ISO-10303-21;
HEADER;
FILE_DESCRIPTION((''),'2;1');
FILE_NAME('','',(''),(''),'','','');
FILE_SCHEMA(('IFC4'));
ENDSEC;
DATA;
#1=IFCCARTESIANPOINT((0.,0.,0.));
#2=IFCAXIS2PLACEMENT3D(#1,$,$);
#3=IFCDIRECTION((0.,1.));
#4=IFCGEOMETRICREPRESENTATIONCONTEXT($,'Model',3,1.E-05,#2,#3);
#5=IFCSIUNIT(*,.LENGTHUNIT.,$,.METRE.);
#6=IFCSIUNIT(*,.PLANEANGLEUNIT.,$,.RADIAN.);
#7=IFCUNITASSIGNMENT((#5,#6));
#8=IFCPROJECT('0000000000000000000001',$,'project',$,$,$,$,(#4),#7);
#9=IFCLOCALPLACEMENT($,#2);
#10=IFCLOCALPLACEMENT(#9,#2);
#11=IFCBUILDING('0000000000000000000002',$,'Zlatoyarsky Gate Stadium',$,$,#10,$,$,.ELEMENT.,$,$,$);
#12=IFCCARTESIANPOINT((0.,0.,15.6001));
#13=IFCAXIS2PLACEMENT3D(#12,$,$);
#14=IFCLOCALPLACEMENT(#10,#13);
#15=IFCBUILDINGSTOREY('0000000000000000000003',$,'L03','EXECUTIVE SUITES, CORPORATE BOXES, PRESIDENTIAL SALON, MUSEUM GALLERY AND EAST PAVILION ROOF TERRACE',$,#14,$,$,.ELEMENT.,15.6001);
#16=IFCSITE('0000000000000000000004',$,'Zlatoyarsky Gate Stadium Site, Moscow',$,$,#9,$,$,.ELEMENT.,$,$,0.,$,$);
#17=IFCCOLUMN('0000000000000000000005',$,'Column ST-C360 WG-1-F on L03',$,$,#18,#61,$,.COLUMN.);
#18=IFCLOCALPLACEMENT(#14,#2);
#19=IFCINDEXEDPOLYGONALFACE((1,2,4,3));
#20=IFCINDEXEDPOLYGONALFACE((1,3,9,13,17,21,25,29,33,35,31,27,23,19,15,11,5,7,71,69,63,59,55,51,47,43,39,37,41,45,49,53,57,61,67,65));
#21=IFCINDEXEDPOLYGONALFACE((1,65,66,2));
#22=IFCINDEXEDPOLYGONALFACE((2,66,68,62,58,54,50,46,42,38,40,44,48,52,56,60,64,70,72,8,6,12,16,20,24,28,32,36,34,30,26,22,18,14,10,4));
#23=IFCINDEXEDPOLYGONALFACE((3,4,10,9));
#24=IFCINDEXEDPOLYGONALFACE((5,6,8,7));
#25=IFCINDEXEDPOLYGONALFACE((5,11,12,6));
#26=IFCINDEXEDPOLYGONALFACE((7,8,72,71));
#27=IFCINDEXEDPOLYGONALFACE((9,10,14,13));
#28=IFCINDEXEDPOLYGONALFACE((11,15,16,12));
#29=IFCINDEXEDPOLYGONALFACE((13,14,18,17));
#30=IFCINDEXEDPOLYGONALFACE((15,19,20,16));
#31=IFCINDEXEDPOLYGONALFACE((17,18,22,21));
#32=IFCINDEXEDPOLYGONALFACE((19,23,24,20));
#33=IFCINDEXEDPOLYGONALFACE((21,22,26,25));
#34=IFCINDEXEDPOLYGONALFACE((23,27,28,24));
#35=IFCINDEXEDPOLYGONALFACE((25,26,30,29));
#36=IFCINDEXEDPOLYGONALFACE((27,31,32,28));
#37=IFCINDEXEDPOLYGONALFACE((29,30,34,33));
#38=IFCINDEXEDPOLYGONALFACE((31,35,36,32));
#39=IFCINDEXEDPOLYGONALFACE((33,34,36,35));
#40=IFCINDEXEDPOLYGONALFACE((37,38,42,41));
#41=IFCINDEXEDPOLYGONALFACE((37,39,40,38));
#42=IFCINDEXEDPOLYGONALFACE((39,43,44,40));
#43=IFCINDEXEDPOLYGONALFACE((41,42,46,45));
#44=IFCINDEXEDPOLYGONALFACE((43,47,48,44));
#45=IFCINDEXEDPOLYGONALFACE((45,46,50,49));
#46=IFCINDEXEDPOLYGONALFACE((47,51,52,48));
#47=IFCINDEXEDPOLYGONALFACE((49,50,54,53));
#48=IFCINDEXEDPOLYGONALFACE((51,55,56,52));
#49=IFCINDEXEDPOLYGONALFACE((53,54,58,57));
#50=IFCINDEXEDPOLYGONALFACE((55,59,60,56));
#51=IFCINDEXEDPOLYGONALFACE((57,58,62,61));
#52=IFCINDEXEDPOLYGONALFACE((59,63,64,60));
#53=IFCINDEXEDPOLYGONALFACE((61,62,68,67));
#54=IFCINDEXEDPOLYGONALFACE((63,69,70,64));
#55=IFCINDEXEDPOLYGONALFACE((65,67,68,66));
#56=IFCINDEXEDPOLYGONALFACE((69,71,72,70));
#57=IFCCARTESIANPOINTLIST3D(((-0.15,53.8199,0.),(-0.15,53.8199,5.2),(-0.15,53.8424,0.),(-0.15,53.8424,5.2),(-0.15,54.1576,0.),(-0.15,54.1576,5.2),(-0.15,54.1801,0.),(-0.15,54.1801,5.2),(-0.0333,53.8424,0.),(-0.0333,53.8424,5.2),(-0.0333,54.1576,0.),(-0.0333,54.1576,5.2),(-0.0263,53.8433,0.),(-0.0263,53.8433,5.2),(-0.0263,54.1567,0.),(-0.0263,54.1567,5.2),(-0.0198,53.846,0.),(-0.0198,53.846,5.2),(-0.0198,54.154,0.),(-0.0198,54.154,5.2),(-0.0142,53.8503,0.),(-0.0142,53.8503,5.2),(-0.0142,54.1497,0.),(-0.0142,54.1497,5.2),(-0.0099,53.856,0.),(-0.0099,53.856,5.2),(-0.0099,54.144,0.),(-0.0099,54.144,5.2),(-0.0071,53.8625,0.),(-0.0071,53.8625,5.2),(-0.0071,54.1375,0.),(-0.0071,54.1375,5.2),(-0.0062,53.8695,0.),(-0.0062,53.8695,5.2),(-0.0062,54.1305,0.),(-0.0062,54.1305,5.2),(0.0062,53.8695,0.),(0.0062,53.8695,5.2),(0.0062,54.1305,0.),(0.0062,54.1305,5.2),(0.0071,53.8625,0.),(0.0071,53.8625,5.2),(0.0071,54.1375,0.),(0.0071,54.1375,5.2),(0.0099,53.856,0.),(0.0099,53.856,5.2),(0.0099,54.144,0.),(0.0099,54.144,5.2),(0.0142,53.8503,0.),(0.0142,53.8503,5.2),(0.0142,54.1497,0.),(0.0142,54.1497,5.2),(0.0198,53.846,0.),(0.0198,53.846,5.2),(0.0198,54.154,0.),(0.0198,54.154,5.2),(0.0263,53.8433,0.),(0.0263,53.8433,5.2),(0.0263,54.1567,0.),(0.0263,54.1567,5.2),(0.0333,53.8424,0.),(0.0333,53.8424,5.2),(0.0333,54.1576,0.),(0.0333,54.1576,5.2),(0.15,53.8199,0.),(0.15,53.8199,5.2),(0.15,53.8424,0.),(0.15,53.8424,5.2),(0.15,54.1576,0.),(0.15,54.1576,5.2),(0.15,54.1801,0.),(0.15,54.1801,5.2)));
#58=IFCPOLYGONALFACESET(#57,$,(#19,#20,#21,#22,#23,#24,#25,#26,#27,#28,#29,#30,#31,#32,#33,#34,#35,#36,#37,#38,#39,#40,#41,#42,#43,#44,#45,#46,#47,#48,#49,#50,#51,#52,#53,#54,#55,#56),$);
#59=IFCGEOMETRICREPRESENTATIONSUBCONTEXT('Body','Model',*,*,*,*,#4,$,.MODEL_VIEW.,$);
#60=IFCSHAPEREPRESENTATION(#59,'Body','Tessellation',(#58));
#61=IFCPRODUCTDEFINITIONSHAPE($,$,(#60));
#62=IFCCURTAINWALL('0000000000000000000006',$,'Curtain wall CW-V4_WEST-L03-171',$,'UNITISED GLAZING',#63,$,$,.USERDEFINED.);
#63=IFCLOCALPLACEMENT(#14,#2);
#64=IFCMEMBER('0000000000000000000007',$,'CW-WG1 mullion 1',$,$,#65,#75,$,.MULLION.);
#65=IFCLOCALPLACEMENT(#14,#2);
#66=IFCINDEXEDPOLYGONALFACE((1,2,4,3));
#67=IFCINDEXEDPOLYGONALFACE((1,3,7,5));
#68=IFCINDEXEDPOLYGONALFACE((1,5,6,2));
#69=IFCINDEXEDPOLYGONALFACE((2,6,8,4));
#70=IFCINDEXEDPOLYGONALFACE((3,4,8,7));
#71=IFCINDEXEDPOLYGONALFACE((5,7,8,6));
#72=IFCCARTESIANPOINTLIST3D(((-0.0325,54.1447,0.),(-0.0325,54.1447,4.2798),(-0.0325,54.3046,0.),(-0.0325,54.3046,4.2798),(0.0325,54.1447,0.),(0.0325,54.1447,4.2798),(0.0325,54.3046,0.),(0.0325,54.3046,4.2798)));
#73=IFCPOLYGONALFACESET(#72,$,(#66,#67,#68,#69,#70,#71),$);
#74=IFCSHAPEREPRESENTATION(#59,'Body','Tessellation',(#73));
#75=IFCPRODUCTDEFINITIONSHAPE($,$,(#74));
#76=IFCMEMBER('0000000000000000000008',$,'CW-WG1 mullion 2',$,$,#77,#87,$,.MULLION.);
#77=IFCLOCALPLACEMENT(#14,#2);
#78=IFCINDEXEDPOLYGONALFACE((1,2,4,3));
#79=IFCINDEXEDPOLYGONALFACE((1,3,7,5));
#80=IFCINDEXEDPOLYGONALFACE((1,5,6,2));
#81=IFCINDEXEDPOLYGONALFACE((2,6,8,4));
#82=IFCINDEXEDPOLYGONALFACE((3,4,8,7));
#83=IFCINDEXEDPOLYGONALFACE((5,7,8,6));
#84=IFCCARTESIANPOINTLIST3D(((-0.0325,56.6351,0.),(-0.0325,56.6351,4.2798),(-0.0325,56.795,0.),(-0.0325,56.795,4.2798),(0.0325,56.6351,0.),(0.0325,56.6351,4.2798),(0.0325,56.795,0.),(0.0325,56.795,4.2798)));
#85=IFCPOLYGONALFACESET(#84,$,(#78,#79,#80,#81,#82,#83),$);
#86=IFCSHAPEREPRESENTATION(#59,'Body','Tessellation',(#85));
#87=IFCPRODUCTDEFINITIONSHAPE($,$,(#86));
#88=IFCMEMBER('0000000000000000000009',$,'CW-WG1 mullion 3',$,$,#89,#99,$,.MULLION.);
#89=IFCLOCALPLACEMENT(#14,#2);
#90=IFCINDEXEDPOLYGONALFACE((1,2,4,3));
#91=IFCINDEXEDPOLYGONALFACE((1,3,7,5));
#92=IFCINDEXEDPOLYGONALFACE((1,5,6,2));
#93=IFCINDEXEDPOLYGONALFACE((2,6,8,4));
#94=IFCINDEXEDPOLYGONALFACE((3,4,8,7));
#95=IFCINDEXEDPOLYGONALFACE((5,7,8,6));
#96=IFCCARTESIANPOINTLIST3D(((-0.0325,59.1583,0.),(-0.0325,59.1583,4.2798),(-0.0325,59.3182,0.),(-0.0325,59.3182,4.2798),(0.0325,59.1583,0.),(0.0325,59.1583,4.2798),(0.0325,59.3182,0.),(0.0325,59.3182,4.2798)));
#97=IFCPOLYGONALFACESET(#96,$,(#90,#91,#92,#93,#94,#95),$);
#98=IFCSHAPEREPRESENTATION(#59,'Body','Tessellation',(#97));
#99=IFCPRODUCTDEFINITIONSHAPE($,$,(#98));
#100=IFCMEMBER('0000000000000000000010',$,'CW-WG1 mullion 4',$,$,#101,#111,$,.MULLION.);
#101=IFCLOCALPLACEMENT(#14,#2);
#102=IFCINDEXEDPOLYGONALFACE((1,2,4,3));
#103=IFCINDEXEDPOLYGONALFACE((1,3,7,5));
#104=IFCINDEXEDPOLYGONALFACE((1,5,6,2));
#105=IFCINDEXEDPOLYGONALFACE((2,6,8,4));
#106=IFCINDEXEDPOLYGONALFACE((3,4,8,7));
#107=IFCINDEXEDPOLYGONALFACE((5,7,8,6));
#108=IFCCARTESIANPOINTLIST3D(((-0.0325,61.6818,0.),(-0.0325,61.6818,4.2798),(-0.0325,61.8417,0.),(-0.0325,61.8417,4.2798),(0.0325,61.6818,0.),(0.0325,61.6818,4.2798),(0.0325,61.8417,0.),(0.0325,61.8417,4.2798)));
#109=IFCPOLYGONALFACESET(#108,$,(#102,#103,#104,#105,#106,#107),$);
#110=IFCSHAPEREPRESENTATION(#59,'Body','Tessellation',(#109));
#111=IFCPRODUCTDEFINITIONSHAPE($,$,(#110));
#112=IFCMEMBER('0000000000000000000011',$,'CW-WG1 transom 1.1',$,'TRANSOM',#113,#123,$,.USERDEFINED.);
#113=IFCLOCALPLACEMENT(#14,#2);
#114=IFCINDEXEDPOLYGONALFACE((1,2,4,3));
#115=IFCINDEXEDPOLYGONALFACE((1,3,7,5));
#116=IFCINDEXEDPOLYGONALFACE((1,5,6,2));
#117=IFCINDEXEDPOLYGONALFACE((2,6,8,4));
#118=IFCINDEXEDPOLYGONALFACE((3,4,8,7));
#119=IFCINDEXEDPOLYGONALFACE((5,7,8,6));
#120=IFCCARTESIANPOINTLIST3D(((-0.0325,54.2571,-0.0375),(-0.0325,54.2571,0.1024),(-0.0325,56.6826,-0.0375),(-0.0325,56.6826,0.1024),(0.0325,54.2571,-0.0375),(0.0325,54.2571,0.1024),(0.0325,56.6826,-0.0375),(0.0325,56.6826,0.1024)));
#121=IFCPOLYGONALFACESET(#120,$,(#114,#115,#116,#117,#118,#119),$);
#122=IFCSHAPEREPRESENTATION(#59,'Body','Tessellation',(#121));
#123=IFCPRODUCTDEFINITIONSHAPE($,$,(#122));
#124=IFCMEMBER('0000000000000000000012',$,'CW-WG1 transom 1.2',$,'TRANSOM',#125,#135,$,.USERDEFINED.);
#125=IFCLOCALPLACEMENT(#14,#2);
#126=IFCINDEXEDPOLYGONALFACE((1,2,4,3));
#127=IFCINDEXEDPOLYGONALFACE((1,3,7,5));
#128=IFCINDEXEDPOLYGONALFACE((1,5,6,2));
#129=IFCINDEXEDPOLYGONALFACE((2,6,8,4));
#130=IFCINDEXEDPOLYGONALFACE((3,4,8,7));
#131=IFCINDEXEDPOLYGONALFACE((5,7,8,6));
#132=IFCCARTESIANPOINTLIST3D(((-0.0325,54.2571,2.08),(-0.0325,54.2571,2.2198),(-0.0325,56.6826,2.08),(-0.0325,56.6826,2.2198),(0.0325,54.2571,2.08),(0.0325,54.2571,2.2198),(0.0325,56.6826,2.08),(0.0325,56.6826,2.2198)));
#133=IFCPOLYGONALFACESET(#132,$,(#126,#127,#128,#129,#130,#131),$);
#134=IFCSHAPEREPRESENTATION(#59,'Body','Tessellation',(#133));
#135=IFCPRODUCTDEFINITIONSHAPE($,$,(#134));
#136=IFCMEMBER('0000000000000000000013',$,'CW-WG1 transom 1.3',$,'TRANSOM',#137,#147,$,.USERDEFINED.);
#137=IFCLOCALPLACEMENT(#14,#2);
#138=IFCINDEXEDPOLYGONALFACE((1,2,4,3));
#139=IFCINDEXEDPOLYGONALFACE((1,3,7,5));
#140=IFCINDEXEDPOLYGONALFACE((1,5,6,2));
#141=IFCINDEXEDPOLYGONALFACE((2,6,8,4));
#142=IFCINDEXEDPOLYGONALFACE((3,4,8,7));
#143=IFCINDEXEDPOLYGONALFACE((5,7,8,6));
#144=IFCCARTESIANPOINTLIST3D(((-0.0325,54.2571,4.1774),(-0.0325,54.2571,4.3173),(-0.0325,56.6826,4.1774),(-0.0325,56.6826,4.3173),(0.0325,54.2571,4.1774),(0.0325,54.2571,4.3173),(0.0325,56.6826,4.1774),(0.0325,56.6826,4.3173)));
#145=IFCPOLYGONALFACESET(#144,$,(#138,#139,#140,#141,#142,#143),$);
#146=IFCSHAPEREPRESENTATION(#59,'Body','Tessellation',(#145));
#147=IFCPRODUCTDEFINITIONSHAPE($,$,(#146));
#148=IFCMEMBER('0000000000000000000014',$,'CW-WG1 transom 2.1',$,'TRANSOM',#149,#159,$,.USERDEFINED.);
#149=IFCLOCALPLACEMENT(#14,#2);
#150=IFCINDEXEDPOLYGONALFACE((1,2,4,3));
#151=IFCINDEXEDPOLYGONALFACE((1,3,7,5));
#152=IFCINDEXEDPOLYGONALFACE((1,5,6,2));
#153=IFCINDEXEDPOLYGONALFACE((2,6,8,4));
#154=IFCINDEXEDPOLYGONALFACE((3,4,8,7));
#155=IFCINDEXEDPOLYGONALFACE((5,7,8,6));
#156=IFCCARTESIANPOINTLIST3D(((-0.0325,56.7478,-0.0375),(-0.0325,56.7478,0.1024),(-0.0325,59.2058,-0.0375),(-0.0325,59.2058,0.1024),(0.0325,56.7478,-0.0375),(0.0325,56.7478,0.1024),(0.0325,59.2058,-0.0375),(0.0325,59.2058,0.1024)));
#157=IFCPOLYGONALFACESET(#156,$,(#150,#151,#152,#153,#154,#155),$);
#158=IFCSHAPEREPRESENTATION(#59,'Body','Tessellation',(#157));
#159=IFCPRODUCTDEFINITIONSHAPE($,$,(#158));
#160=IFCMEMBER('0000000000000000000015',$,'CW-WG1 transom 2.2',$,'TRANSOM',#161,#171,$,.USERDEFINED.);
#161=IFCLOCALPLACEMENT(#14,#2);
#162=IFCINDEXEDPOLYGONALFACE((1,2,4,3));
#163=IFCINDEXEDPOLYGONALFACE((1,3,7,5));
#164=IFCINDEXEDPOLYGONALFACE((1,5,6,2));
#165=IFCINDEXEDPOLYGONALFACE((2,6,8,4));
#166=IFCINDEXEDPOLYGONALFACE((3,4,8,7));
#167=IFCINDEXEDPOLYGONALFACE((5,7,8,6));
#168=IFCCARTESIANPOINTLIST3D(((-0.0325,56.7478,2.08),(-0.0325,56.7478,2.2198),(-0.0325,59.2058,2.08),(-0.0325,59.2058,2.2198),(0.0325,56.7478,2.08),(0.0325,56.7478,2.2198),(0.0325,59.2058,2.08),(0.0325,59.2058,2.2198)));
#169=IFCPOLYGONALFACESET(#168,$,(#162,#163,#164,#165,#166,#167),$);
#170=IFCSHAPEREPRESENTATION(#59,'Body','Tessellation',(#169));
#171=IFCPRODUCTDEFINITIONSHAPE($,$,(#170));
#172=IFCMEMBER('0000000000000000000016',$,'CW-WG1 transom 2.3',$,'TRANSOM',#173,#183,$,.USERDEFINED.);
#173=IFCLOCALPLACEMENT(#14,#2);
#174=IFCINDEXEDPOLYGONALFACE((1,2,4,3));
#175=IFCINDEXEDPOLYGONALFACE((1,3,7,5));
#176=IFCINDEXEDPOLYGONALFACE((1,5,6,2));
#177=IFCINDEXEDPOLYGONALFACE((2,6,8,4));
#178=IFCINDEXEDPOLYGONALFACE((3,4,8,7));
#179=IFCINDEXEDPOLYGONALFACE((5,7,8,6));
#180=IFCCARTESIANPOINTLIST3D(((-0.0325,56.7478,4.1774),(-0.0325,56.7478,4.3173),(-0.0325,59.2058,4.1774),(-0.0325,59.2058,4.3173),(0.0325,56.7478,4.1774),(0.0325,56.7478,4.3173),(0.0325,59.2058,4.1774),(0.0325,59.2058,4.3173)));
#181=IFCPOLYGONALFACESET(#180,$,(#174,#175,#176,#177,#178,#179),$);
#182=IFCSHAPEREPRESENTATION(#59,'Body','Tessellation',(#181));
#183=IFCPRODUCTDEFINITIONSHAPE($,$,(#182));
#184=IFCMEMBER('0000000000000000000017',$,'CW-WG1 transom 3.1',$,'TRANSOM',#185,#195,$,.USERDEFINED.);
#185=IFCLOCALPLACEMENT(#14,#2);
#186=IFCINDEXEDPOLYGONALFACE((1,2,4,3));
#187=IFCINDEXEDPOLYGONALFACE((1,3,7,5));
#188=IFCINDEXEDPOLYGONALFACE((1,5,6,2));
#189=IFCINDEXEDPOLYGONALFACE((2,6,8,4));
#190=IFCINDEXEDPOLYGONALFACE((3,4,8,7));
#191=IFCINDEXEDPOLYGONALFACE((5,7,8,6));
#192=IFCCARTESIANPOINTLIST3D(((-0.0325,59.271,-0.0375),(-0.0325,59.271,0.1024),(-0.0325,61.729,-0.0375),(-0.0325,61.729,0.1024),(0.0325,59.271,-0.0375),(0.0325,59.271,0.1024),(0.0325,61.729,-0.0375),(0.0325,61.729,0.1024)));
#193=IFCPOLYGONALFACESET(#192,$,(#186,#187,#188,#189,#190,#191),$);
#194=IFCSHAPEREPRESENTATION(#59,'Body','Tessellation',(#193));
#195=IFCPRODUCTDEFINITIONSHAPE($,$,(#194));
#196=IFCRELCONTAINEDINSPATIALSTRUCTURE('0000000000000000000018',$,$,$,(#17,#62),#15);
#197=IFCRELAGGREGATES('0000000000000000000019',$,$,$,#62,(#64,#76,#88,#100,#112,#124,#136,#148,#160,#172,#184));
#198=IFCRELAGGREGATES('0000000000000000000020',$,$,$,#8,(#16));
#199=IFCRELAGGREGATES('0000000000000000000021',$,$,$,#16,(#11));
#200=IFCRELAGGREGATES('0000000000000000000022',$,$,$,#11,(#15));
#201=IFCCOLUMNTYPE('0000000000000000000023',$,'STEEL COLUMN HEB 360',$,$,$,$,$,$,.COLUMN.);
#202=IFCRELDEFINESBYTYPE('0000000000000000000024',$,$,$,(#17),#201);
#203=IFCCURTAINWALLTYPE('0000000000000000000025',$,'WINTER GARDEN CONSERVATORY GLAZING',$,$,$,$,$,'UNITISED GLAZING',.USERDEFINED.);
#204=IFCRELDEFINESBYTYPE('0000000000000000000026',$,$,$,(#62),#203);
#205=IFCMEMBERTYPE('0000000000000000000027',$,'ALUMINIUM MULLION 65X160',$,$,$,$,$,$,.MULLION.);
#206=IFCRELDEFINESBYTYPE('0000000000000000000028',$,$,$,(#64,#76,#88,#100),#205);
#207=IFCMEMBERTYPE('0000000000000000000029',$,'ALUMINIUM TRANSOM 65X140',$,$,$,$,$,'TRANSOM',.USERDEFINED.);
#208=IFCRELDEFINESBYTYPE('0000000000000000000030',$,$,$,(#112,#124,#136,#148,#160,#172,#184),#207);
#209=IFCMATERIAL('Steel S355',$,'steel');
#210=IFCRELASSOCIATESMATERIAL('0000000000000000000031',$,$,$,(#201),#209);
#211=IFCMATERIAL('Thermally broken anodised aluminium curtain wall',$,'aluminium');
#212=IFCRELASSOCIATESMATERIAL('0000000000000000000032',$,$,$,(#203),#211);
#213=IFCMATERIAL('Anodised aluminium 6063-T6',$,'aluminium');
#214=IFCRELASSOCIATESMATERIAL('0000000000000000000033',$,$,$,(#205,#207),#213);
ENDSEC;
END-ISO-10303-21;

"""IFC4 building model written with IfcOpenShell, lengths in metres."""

from ifc_helpers import new_model, si_unit, direction, frame, origin, origin_2d, place, context, subcontext, project, spatial, rectangle, i_section, extrude, material, material_profile, profile_set, type_object, element, aggregate, save


model = new_model("IFC4")

# Units and contexts
model_context = context("Model", 3, precision=1e-05, world=origin(), true_north=direction((0.0, 1.0)))
body_context = subcontext(model_context, "Body", "Model", "MODEL_VIEW")
ifc_project = project(units=[si_unit("LENGTHUNIT", "METRE"), si_unit("PLANEANGLEUNIT", "RADIAN")], contexts=[model_context])

# Site, building, storey
site_placement = place(None, origin())
site = spatial("IfcSite", under=ifc_project, at=site_placement, Name="Zlatoyarsky Gate Stadium Site, Moscow", CompositionType="ELEMENT", RefElevation=0.0)
building_placement = place(site_placement, origin())
building = spatial("IfcBuilding", under=site, at=building_placement, Name="Zlatoyarsky Gate Stadium", CompositionType="ELEMENT")
storey_placement = place(building_placement, frame((0.0, 0.0, 15.6001)))
storey = spatial("IfcBuildingStorey", under=building, at=storey_placement, Name="L03", Description="EXECUTIVE SUITES, CORPORATE BOXES, PRESIDENTIAL SALON, MUSEUM GALLERY AND EAST PAVILION ROOF TERRACE", CompositionType="ELEMENT", Elevation=15.6001)

# Column
ifc_material_1 = material(Name="Steel S355", Category="steel")
ifc_material_profile_1 = material_profile(ifc_material_1, i_section(OverallWidth=0.3, OverallDepth=0.3601, WebThickness=0.0125, FlangeThickness=0.0225, FilletRadius=0.0271, at=origin_2d()), Name="HEB 360")
ifc_profile_set_1 = profile_set([ifc_material_profile_1], Name="Steel S355")
column_type = type_object("IfcColumnType", Name="STEEL COLUMN HEB 360", PredefinedType="COLUMN", material=ifc_profile_set_1)
column_placement = place(storey_placement, frame((0.0, 54.0, 0.0), z_axis=(0.0, 0.0, 1.0), x_axis=(1.0, 0.0, 0.0)))
element("IfcColumn", 1, at=column_placement, inside=storey, type_object=column_type, Name="Column ST-C360 WG-1-F on L03", PredefinedType="COLUMN", context=body_context, shape_type="SweptSolid", body=[
    extrude(i_section(OverallWidth=0.3, OverallDepth=0.3601, WebThickness=0.0125, FlangeThickness=0.0225, FilletRadius=0.0271, at=origin_2d()), origin(), (0.0, 0.0, 1.0), 5.2),
])

# Curtain wall, members
ifc_material_2 = material(Name="Thermally broken anodised aluminium curtain wall", Category="aluminium")
curtain_wall_type = type_object("IfcCurtainWallType", Name="WINTER GARDEN CONSERVATORY GLAZING", ElementType="UNITISED GLAZING", PredefinedType="USERDEFINED", material=ifc_material_2)
curtain_wall_placement = place(storey_placement, origin())
curtain_wall = element("IfcCurtainWall", 2, at=curtain_wall_placement, inside=storey, type_object=curtain_wall_type, Name="Curtain wall CW-V4_WEST-L03-171", ObjectType="UNITISED GLAZING", PredefinedType="USERDEFINED")
ifc_material_3 = material(Name="Anodised aluminium 6063-T6", Category="aluminium")
ifc_material_profile_2 = material_profile(ifc_material_3, rectangle(XDim=0.0649, YDim=0.1599, at=origin_2d()), Name="ALU 65X160")
ifc_profile_set_2 = profile_set([ifc_material_profile_2], Name="Anodised aluminium 6063-T6")
member_type_1 = type_object("IfcMemberType", Name="ALUMINIUM MULLION 65X160", PredefinedType="MULLION", material=ifc_profile_set_2)
member_1_placement = place(storey_placement, frame((0.0, 54.2246, 0.0), z_axis=(0.0, 0.0, 1.0), x_axis=(-1.0, 0.0, 0.0)))
member_1 = element("IfcMember", 3, at=member_1_placement, type_object=member_type_1, Name="CW-WG1 mullion 1", PredefinedType="MULLION", context=body_context, shape_type="SweptSolid", body=[
    extrude(rectangle(XDim=0.0649, YDim=0.1599, at=origin_2d()), origin(), (0.0, 0.0, 1.0), 4.2798),
])
member_2_placement = place(storey_placement, frame((0.0, 56.7151, 0.0), z_axis=(0.0, 0.0, 1.0), x_axis=(-1.0, 0.0, 0.0)))
member_2 = element("IfcMember", 4, at=member_2_placement, type_object=member_type_1, Name="CW-WG1 mullion 2", PredefinedType="MULLION", context=body_context, shape_type="SweptSolid", body=[
    extrude(rectangle(XDim=0.0649, YDim=0.1599, at=origin_2d()), origin(), (0.0, 0.0, 1.0), 4.2798),
])
member_3_placement = place(storey_placement, frame((0.0, 59.2383, 0.0), z_axis=(0.0, 0.0, 1.0), x_axis=(-1.0, 0.0, 0.0)))
member_3 = element("IfcMember", 5, at=member_3_placement, type_object=member_type_1, Name="CW-WG1 mullion 3", PredefinedType="MULLION", context=body_context, shape_type="SweptSolid", body=[
    extrude(rectangle(XDim=0.0649, YDim=0.1599, at=origin_2d()), origin(), (0.0, 0.0, 1.0), 4.2798),
])
member_4_placement = place(storey_placement, frame((0.0, 61.7617, 0.0), z_axis=(0.0, 0.0, 1.0), x_axis=(-1.0, 0.0, 0.0)))
member_4 = element("IfcMember", 6, at=member_4_placement, type_object=member_type_1, Name="CW-WG1 mullion 4", PredefinedType="MULLION", context=body_context, shape_type="SweptSolid", body=[
    extrude(rectangle(XDim=0.0649, YDim=0.1599, at=origin_2d()), origin(), (0.0, 0.0, 1.0), 4.2798),
])
ifc_material_profile_3 = material_profile(ifc_material_3, rectangle(XDim=0.0649, YDim=0.1399, at=origin_2d()), Name="ALU 65X140")
ifc_profile_set_3 = profile_set([ifc_material_profile_3], Name="Anodised aluminium 6063-T6")
member_type_2 = type_object("IfcMemberType", Name="ALUMINIUM TRANSOM 65X140", ElementType="TRANSOM", PredefinedType="USERDEFINED", material=ifc_profile_set_3)
member_5_placement = place(storey_placement, frame((0.0, 54.2571, 0.0325), z_axis=(0.0, 1.0, 0.0), x_axis=(-1.0, 0.0, 0.0)))
member_5 = element("IfcMember", 7, at=member_5_placement, type_object=member_type_2, Name="CW-WG1 transom 1.1", ObjectType="TRANSOM", PredefinedType="USERDEFINED", context=body_context, shape_type="SweptSolid", body=[
    extrude(rectangle(XDim=0.0649, YDim=0.1399, at=origin_2d()), origin(), (0.0, 0.0, 1.0), 2.4255),
])
member_6_placement = place(storey_placement, frame((0.0, 54.2571, 2.1499), z_axis=(0.0, 1.0, 0.0), x_axis=(-1.0, 0.0, 0.0)))
member_6 = element("IfcMember", 8, at=member_6_placement, type_object=member_type_2, Name="CW-WG1 transom 1.2", ObjectType="TRANSOM", PredefinedType="USERDEFINED", context=body_context, shape_type="SweptSolid", body=[
    extrude(rectangle(XDim=0.0649, YDim=0.1399, at=origin_2d()), origin(), (0.0, 0.0, 1.0), 2.4255),
])
member_7_placement = place(storey_placement, frame((0.0, 54.2571, 4.2473), z_axis=(0.0, 1.0, 0.0), x_axis=(-1.0, 0.0, 0.0)))
member_7 = element("IfcMember", 9, at=member_7_placement, type_object=member_type_2, Name="CW-WG1 transom 1.3", ObjectType="TRANSOM", PredefinedType="USERDEFINED", context=body_context, shape_type="SweptSolid", body=[
    extrude(rectangle(XDim=0.0649, YDim=0.1399, at=origin_2d()), origin(), (0.0, 0.0, 1.0), 2.4255),
])
member_8_placement = place(storey_placement, frame((0.0, 56.7478, 0.0325), z_axis=(0.0, 1.0, 0.0), x_axis=(-1.0, 0.0, 0.0)))
member_8 = element("IfcMember", 10, at=member_8_placement, type_object=member_type_2, Name="CW-WG1 transom 2.1", ObjectType="TRANSOM", PredefinedType="USERDEFINED", context=body_context, shape_type="SweptSolid", body=[
    extrude(rectangle(XDim=0.0649, YDim=0.1399, at=origin_2d()), origin(), (0.0, 0.0, 1.0), 2.458),
])
member_9_placement = place(storey_placement, frame((0.0, 56.7478, 2.1499), z_axis=(0.0, 1.0, 0.0), x_axis=(-1.0, 0.0, 0.0)))
member_9 = element("IfcMember", 11, at=member_9_placement, type_object=member_type_2, Name="CW-WG1 transom 2.2", ObjectType="TRANSOM", PredefinedType="USERDEFINED", context=body_context, shape_type="SweptSolid", body=[
    extrude(rectangle(XDim=0.0649, YDim=0.1399, at=origin_2d()), origin(), (0.0, 0.0, 1.0), 2.458),
])
member_10_placement = place(storey_placement, frame((0.0, 56.7478, 4.2473), z_axis=(0.0, 1.0, 0.0), x_axis=(-1.0, 0.0, 0.0)))
member_10 = element("IfcMember", 12, at=member_10_placement, type_object=member_type_2, Name="CW-WG1 transom 2.3", ObjectType="TRANSOM", PredefinedType="USERDEFINED", context=body_context, shape_type="SweptSolid", body=[
    extrude(rectangle(XDim=0.0649, YDim=0.1399, at=origin_2d()), origin(), (0.0, 0.0, 1.0), 2.458),
])
member_11_placement = place(storey_placement, frame((0.0, 59.271, 0.0325), z_axis=(0.0, 1.0, 0.0), x_axis=(-1.0, 0.0, 0.0)))
member_11 = element("IfcMember", 13, at=member_11_placement, type_object=member_type_2, Name="CW-WG1 transom 3.1", ObjectType="TRANSOM", PredefinedType="USERDEFINED", context=body_context, shape_type="SweptSolid", body=[
    extrude(rectangle(XDim=0.0649, YDim=0.1399, at=origin_2d()), origin(), (0.0, 0.0, 1.0), 2.458),
])

aggregate(curtain_wall, [member_1, member_2, member_3, member_4, member_5, member_6, member_7, member_8, member_9, member_10, member_11])

save(model, "model.ifc")
